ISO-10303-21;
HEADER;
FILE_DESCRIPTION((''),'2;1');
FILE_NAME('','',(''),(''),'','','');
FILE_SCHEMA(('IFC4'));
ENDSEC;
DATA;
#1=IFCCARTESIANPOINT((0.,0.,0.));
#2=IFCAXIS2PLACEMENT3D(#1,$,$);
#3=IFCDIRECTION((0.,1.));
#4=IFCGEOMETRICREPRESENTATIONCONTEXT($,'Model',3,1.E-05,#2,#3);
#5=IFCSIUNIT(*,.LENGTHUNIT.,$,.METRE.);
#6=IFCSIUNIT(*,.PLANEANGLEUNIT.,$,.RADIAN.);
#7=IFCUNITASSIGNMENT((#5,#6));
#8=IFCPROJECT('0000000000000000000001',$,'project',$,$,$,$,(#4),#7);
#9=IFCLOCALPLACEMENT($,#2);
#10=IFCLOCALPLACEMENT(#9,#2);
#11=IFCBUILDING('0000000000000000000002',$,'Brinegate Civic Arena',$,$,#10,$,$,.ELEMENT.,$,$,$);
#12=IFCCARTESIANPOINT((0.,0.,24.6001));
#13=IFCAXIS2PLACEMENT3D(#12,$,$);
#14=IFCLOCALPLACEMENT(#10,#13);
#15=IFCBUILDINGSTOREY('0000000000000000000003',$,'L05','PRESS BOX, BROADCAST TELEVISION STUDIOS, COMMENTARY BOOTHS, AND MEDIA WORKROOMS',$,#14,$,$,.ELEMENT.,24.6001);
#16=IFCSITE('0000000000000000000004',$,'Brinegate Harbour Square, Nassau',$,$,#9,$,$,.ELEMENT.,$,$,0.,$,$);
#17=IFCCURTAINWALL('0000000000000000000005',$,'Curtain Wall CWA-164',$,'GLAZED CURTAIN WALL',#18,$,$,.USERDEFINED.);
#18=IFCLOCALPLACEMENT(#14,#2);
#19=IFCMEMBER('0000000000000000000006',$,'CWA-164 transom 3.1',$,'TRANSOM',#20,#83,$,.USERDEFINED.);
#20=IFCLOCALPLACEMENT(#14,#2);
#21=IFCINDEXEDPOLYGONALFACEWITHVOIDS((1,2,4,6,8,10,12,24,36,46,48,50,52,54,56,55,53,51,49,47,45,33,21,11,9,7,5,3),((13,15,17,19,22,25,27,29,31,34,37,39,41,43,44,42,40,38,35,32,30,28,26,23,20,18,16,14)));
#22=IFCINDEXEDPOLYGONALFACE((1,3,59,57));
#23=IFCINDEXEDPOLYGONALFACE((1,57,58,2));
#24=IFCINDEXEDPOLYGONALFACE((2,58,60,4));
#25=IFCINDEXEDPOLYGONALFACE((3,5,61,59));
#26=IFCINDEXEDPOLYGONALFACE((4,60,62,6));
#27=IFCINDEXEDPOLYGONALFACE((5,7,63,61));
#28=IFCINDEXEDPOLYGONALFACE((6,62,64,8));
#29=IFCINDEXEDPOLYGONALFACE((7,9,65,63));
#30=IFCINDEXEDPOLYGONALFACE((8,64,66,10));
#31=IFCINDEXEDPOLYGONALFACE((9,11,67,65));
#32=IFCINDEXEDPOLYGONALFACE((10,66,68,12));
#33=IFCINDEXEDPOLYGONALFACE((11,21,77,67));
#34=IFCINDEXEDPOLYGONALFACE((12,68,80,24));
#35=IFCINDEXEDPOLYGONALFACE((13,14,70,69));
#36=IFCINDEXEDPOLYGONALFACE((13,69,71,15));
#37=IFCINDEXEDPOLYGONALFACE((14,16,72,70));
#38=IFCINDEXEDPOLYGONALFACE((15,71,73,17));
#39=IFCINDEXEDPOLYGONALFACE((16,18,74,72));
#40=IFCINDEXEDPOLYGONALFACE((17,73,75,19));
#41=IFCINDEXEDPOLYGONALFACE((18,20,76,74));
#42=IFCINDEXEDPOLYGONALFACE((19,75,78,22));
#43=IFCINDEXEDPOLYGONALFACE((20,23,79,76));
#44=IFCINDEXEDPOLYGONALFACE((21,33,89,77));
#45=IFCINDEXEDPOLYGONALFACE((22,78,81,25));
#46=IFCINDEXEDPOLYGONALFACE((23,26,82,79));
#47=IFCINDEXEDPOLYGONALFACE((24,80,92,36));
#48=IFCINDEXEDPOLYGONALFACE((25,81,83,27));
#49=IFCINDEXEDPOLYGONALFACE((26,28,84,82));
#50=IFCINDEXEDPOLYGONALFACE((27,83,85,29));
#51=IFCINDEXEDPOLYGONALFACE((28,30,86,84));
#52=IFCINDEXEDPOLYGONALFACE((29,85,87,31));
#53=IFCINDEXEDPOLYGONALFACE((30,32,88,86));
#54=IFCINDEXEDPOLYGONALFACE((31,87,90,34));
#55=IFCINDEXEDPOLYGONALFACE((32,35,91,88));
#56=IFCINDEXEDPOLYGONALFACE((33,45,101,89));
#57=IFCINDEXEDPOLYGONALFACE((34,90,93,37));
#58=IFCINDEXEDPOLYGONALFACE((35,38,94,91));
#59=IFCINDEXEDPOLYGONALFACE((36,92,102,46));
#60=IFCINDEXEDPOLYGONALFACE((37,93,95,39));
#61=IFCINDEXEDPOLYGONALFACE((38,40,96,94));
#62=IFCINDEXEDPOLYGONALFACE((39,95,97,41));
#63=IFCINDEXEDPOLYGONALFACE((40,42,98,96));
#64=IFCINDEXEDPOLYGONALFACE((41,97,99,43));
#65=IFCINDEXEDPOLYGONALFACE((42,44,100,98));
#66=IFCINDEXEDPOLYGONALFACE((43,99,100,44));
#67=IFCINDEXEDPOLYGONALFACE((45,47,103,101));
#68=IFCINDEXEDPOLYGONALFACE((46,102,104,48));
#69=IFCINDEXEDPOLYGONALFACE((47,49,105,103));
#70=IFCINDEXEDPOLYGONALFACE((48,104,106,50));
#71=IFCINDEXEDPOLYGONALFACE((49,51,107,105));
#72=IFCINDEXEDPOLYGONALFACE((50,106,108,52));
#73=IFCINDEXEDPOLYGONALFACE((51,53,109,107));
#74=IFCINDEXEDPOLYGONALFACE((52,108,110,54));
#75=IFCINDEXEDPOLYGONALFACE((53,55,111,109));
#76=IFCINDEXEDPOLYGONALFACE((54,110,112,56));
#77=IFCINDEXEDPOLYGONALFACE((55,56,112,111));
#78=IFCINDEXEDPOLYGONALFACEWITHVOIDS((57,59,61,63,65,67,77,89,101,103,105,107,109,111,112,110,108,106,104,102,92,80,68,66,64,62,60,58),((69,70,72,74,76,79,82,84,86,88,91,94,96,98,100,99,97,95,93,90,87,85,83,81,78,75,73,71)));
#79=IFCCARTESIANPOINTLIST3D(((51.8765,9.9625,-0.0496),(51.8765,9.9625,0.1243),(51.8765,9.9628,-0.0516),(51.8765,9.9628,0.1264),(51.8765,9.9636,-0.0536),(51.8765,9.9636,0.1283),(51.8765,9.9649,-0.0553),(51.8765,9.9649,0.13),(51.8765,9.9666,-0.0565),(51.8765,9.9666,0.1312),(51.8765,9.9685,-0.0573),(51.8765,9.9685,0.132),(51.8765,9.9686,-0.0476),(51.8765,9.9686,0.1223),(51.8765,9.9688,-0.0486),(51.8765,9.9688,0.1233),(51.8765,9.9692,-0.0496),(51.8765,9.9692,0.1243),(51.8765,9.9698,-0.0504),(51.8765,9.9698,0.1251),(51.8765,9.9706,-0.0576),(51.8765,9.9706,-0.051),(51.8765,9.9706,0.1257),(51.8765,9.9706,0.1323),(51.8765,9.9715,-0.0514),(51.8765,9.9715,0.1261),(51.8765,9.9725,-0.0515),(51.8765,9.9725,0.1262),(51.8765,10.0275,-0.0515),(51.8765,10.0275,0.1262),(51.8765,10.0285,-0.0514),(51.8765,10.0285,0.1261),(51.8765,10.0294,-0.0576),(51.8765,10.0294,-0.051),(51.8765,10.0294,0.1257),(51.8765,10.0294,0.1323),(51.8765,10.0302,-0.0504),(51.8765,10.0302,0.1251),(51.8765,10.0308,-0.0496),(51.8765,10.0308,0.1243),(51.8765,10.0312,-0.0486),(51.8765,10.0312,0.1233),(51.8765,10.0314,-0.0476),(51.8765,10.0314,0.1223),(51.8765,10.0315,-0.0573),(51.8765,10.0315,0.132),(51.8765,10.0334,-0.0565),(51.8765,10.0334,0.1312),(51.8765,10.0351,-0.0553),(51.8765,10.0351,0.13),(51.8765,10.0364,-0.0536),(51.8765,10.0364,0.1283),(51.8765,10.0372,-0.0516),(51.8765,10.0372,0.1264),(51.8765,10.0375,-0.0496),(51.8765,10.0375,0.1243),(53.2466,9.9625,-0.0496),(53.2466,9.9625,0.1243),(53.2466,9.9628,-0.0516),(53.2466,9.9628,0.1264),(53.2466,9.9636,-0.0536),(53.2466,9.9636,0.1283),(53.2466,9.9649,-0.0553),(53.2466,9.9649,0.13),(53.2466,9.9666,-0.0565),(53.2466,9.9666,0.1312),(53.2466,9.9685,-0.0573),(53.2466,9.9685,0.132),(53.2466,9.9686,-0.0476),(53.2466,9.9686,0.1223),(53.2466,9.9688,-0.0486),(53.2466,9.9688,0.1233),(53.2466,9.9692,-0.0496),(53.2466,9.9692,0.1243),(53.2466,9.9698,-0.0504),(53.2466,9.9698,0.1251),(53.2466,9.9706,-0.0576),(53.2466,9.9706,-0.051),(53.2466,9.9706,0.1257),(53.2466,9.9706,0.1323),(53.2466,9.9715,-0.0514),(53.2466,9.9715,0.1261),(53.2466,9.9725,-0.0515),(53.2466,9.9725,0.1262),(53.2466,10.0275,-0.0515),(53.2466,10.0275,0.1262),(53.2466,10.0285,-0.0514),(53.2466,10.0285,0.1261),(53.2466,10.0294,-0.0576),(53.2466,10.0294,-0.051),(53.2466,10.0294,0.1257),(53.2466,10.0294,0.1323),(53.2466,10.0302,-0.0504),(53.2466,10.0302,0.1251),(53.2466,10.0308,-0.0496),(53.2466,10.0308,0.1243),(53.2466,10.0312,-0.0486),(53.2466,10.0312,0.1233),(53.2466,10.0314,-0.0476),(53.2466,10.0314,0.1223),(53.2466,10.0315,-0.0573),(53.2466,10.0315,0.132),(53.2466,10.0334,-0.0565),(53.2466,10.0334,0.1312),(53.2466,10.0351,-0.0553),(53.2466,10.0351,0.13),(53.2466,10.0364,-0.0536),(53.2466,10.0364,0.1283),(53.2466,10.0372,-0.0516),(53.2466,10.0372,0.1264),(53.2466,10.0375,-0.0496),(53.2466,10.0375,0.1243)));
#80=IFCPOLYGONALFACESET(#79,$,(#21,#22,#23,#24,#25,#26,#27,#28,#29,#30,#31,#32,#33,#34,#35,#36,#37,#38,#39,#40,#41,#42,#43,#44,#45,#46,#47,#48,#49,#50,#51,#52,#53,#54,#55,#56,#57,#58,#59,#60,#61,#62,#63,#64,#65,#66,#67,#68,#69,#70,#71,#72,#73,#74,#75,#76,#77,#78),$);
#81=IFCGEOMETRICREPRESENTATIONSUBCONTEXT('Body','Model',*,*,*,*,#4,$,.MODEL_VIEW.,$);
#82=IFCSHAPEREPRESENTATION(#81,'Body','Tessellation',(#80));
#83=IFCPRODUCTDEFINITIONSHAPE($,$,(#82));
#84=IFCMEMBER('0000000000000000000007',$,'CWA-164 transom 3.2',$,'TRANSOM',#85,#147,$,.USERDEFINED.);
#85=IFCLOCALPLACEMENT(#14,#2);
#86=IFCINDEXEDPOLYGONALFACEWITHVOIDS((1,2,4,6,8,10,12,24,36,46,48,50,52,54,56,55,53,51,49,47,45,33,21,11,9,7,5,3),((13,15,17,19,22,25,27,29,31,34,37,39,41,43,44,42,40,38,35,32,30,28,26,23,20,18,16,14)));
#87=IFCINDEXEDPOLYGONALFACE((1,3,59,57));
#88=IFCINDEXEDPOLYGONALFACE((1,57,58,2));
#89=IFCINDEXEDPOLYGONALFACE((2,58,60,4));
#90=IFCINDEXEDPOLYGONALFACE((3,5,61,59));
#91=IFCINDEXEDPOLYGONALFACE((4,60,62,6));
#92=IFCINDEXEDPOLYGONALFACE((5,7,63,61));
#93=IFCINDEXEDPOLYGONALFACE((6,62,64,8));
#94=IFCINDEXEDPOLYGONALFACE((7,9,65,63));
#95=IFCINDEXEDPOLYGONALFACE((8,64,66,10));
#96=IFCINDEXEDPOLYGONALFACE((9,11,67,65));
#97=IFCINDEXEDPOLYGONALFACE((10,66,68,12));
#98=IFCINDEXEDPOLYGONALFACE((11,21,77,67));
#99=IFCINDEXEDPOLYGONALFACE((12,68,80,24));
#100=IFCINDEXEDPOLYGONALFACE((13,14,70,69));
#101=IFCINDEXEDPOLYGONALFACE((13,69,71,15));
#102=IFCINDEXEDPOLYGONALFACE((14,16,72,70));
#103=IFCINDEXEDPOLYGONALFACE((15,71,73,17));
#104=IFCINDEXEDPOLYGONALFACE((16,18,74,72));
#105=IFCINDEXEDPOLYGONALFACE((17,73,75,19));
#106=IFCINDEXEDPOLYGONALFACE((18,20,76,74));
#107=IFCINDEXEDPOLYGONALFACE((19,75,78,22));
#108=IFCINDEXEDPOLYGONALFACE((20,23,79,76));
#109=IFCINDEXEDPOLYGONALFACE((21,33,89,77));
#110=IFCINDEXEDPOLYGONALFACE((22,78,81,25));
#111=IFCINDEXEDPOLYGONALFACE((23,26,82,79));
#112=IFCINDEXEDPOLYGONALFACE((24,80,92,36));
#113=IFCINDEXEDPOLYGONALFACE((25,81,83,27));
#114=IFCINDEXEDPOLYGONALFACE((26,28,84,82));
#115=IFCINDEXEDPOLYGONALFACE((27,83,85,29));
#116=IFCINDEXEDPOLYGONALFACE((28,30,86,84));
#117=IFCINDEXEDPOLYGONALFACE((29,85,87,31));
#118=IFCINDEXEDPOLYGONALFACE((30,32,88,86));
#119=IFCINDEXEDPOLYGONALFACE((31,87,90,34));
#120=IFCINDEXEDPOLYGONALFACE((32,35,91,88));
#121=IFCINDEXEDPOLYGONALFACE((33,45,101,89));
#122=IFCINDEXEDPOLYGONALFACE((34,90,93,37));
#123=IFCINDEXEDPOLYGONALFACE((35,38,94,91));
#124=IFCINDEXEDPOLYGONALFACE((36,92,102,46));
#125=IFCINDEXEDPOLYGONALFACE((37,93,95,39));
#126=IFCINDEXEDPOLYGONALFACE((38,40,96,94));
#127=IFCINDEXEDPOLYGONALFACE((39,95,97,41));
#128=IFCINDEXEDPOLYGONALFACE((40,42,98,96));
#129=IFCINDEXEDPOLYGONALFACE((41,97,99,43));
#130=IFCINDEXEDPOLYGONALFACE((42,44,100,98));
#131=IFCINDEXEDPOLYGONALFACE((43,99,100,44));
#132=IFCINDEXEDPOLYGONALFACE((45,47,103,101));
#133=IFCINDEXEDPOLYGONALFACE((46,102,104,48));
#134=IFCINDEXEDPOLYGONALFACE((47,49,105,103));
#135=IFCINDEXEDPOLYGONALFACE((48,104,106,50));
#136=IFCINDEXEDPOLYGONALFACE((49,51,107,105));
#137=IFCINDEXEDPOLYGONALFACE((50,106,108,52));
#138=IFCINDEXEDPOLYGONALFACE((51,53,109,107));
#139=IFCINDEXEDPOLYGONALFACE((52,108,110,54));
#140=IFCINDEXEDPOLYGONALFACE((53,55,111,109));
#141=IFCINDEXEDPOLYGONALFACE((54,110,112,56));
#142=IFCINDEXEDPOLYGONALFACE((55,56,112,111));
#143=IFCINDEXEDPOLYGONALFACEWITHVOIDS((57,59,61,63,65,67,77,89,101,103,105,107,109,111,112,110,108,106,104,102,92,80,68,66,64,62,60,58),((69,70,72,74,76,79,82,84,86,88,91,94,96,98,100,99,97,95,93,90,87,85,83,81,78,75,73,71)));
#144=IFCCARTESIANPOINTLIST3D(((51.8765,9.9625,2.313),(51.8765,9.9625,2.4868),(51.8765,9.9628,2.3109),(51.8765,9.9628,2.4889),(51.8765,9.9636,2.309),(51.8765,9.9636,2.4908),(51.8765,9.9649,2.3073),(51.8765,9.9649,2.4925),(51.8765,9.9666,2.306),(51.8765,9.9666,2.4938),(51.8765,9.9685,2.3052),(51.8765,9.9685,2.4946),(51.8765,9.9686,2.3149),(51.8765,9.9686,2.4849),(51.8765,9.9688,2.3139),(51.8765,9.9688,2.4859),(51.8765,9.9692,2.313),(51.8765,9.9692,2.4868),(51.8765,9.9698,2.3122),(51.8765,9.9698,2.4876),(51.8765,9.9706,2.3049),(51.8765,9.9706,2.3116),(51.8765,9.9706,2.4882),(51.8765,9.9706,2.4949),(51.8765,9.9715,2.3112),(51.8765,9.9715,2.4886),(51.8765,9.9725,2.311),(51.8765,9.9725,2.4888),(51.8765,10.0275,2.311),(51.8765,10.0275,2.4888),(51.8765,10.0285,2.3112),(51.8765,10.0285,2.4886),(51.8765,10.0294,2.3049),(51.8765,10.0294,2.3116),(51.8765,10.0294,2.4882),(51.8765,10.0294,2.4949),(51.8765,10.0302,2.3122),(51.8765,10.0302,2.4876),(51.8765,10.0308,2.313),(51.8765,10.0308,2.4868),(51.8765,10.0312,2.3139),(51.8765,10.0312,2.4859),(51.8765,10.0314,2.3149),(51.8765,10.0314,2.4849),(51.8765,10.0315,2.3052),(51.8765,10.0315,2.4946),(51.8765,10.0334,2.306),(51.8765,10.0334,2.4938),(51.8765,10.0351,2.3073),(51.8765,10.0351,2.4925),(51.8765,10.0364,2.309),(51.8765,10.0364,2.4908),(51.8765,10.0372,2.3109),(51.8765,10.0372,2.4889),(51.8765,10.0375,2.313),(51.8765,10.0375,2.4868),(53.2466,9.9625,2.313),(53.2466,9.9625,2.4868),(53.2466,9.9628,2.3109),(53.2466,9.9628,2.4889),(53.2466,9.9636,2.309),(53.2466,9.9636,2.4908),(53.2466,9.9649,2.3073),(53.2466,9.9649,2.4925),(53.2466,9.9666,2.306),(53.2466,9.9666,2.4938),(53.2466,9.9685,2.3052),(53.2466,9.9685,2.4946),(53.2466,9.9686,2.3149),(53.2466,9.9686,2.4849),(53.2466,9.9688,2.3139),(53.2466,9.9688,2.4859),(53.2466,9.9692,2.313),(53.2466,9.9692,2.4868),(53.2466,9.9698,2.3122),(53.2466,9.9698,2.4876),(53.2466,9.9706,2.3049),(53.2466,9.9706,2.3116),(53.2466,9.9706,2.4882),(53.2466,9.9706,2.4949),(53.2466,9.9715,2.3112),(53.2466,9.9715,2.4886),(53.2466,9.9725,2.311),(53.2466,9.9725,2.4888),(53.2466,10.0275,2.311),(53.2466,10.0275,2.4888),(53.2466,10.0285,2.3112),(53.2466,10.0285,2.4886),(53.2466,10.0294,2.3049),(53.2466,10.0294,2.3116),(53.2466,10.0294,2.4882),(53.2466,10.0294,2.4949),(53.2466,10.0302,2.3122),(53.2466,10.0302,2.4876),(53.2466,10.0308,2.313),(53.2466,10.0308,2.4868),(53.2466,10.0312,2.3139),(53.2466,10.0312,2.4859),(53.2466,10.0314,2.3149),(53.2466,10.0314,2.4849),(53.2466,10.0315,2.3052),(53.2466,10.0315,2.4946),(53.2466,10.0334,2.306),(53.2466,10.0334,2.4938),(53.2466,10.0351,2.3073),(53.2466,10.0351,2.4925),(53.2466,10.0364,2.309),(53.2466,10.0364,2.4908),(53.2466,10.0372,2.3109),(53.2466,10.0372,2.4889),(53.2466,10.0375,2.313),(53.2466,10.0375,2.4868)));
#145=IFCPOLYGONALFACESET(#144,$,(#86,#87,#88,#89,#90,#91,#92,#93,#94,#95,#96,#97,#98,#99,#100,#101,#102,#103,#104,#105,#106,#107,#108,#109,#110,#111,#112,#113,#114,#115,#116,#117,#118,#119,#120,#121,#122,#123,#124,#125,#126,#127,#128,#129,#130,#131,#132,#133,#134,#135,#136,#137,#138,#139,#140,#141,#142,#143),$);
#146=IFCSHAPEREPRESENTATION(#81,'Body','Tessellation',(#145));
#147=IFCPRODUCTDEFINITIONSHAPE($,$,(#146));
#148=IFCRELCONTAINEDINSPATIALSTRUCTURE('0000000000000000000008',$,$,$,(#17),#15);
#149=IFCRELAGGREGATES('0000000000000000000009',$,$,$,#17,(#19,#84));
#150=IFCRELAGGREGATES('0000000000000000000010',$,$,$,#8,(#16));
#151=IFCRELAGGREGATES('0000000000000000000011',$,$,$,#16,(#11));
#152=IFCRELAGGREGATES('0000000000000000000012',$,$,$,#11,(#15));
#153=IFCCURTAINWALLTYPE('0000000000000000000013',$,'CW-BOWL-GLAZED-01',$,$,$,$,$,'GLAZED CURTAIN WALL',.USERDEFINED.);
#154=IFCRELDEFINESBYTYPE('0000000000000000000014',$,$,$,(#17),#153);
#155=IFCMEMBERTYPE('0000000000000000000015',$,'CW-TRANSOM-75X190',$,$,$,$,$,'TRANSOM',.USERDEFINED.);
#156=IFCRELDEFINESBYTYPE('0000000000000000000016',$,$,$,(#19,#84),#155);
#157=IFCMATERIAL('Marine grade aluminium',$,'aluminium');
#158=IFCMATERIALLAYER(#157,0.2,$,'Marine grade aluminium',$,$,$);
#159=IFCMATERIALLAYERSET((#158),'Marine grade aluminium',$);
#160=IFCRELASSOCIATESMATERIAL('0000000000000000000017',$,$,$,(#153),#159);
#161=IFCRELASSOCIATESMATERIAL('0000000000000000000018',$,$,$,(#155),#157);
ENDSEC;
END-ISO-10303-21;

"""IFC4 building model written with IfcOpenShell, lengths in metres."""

from ifc_helpers import new_model, si_unit, direction, frame, origin, origin_2d, place, context, subcontext, project, spatial, hollow_rectangle, extrude, material, layer, layer_set, material_profile, profile_set, type_object, element, aggregate, save


model = new_model("IFC4")

# Units and contexts
model_context = context("Model", 3, precision=1e-05, world=origin(), true_north=direction((0.0, 1.0)))
body_context = subcontext(model_context, "Body", "Model", "MODEL_VIEW")
ifc_project = project(units=[si_unit("LENGTHUNIT", "METRE"), si_unit("PLANEANGLEUNIT", "RADIAN")], contexts=[model_context])

# Site, building, storey
site_placement = place(None, origin())
site = spatial("IfcSite", under=ifc_project, at=site_placement, Name="Brinegate Harbour Square, Nassau", CompositionType="ELEMENT", RefElevation=0.0)
building_placement = place(site_placement, origin())
building = spatial("IfcBuilding", under=site, at=building_placement, Name="Brinegate Civic Arena", CompositionType="ELEMENT")
storey_placement = place(building_placement, frame((0.0, 0.0, 24.6001)))
storey = spatial("IfcBuildingStorey", under=building, at=storey_placement, Name="L05", Description="PRESS BOX, BROADCAST TELEVISION STUDIOS, COMMENTARY BOOTHS, AND MEDIA WORKROOMS", CompositionType="ELEMENT", Elevation=24.6001)

# Curtain wall, members
ifc_material_1 = material(Name="Marine grade aluminium", Category="aluminium")
ifc_layer_1 = layer(ifc_material_1, 0.2, Name="Marine grade aluminium")
ifc_layer_set_1 = layer_set([ifc_layer_1], Name="Marine grade aluminium")
curtain_wall_type = type_object("IfcCurtainWallType", Name="CW-BOWL-GLAZED-01", ElementType="GLAZED CURTAIN WALL", PredefinedType="USERDEFINED", material=ifc_layer_set_1)
curtain_wall_placement = place(storey_placement, origin())
curtain_wall = element("IfcCurtainWall", 1, at=curtain_wall_placement, inside=storey, type_object=curtain_wall_type, Name="Curtain Wall CWA-164", ObjectType="GLAZED CURTAIN WALL", PredefinedType="USERDEFINED")
ifc_material_profile_1 = material_profile(ifc_material_1, hollow_rectangle(XDim=0.075, YDim=0.1899, WallThickness=0.0061, InnerFilletRadius=0.0039, OuterFilletRadius=0.0081, at=origin_2d()), Name="TRN75X190")
ifc_profile_set_1 = profile_set([ifc_material_profile_1], Name="Marine grade aluminium")
member_type_1 = type_object("IfcMemberType", Name="CW-TRANSOM-75X190", ElementType="TRANSOM", PredefinedType="USERDEFINED", material=ifc_profile_set_1)
member_1_placement = place(storey_placement, frame((51.8765, 10.0, 0.0374), z_axis=(1.0, 0.0, 0.0), x_axis=(0.0, 1.0, 0.0)))
member_1 = element("IfcMember", 2, at=member_1_placement, type_object=member_type_1, Name="CWA-164 transom 3.1", ObjectType="TRANSOM", PredefinedType="USERDEFINED", context=body_context, shape_type="SweptSolid", body=[
    extrude(hollow_rectangle(XDim=0.075, YDim=0.1899, WallThickness=0.0061, InnerFilletRadius=0.0039, OuterFilletRadius=0.0081, at=origin_2d()), origin(), (0.0, 0.0, 1.0), 1.3701),
])
member_2_placement = place(storey_placement, frame((51.8765, 10.0, 2.3999), z_axis=(1.0, 0.0, 0.0), x_axis=(0.0, 1.0, 0.0)))
member_2 = element("IfcMember", 3, at=member_2_placement, type_object=member_type_1, Name="CWA-164 transom 3.2", ObjectType="TRANSOM", PredefinedType="USERDEFINED", context=body_context, shape_type="SweptSolid", body=[
    extrude(hollow_rectangle(XDim=0.075, YDim=0.1899, WallThickness=0.0061, InnerFilletRadius=0.0039, OuterFilletRadius=0.0081, at=origin_2d()), origin(), (0.0, 0.0, 1.0), 1.3701),
])

aggregate(curtain_wall, [member_1, member_2])

save(model, "model.ifc")
